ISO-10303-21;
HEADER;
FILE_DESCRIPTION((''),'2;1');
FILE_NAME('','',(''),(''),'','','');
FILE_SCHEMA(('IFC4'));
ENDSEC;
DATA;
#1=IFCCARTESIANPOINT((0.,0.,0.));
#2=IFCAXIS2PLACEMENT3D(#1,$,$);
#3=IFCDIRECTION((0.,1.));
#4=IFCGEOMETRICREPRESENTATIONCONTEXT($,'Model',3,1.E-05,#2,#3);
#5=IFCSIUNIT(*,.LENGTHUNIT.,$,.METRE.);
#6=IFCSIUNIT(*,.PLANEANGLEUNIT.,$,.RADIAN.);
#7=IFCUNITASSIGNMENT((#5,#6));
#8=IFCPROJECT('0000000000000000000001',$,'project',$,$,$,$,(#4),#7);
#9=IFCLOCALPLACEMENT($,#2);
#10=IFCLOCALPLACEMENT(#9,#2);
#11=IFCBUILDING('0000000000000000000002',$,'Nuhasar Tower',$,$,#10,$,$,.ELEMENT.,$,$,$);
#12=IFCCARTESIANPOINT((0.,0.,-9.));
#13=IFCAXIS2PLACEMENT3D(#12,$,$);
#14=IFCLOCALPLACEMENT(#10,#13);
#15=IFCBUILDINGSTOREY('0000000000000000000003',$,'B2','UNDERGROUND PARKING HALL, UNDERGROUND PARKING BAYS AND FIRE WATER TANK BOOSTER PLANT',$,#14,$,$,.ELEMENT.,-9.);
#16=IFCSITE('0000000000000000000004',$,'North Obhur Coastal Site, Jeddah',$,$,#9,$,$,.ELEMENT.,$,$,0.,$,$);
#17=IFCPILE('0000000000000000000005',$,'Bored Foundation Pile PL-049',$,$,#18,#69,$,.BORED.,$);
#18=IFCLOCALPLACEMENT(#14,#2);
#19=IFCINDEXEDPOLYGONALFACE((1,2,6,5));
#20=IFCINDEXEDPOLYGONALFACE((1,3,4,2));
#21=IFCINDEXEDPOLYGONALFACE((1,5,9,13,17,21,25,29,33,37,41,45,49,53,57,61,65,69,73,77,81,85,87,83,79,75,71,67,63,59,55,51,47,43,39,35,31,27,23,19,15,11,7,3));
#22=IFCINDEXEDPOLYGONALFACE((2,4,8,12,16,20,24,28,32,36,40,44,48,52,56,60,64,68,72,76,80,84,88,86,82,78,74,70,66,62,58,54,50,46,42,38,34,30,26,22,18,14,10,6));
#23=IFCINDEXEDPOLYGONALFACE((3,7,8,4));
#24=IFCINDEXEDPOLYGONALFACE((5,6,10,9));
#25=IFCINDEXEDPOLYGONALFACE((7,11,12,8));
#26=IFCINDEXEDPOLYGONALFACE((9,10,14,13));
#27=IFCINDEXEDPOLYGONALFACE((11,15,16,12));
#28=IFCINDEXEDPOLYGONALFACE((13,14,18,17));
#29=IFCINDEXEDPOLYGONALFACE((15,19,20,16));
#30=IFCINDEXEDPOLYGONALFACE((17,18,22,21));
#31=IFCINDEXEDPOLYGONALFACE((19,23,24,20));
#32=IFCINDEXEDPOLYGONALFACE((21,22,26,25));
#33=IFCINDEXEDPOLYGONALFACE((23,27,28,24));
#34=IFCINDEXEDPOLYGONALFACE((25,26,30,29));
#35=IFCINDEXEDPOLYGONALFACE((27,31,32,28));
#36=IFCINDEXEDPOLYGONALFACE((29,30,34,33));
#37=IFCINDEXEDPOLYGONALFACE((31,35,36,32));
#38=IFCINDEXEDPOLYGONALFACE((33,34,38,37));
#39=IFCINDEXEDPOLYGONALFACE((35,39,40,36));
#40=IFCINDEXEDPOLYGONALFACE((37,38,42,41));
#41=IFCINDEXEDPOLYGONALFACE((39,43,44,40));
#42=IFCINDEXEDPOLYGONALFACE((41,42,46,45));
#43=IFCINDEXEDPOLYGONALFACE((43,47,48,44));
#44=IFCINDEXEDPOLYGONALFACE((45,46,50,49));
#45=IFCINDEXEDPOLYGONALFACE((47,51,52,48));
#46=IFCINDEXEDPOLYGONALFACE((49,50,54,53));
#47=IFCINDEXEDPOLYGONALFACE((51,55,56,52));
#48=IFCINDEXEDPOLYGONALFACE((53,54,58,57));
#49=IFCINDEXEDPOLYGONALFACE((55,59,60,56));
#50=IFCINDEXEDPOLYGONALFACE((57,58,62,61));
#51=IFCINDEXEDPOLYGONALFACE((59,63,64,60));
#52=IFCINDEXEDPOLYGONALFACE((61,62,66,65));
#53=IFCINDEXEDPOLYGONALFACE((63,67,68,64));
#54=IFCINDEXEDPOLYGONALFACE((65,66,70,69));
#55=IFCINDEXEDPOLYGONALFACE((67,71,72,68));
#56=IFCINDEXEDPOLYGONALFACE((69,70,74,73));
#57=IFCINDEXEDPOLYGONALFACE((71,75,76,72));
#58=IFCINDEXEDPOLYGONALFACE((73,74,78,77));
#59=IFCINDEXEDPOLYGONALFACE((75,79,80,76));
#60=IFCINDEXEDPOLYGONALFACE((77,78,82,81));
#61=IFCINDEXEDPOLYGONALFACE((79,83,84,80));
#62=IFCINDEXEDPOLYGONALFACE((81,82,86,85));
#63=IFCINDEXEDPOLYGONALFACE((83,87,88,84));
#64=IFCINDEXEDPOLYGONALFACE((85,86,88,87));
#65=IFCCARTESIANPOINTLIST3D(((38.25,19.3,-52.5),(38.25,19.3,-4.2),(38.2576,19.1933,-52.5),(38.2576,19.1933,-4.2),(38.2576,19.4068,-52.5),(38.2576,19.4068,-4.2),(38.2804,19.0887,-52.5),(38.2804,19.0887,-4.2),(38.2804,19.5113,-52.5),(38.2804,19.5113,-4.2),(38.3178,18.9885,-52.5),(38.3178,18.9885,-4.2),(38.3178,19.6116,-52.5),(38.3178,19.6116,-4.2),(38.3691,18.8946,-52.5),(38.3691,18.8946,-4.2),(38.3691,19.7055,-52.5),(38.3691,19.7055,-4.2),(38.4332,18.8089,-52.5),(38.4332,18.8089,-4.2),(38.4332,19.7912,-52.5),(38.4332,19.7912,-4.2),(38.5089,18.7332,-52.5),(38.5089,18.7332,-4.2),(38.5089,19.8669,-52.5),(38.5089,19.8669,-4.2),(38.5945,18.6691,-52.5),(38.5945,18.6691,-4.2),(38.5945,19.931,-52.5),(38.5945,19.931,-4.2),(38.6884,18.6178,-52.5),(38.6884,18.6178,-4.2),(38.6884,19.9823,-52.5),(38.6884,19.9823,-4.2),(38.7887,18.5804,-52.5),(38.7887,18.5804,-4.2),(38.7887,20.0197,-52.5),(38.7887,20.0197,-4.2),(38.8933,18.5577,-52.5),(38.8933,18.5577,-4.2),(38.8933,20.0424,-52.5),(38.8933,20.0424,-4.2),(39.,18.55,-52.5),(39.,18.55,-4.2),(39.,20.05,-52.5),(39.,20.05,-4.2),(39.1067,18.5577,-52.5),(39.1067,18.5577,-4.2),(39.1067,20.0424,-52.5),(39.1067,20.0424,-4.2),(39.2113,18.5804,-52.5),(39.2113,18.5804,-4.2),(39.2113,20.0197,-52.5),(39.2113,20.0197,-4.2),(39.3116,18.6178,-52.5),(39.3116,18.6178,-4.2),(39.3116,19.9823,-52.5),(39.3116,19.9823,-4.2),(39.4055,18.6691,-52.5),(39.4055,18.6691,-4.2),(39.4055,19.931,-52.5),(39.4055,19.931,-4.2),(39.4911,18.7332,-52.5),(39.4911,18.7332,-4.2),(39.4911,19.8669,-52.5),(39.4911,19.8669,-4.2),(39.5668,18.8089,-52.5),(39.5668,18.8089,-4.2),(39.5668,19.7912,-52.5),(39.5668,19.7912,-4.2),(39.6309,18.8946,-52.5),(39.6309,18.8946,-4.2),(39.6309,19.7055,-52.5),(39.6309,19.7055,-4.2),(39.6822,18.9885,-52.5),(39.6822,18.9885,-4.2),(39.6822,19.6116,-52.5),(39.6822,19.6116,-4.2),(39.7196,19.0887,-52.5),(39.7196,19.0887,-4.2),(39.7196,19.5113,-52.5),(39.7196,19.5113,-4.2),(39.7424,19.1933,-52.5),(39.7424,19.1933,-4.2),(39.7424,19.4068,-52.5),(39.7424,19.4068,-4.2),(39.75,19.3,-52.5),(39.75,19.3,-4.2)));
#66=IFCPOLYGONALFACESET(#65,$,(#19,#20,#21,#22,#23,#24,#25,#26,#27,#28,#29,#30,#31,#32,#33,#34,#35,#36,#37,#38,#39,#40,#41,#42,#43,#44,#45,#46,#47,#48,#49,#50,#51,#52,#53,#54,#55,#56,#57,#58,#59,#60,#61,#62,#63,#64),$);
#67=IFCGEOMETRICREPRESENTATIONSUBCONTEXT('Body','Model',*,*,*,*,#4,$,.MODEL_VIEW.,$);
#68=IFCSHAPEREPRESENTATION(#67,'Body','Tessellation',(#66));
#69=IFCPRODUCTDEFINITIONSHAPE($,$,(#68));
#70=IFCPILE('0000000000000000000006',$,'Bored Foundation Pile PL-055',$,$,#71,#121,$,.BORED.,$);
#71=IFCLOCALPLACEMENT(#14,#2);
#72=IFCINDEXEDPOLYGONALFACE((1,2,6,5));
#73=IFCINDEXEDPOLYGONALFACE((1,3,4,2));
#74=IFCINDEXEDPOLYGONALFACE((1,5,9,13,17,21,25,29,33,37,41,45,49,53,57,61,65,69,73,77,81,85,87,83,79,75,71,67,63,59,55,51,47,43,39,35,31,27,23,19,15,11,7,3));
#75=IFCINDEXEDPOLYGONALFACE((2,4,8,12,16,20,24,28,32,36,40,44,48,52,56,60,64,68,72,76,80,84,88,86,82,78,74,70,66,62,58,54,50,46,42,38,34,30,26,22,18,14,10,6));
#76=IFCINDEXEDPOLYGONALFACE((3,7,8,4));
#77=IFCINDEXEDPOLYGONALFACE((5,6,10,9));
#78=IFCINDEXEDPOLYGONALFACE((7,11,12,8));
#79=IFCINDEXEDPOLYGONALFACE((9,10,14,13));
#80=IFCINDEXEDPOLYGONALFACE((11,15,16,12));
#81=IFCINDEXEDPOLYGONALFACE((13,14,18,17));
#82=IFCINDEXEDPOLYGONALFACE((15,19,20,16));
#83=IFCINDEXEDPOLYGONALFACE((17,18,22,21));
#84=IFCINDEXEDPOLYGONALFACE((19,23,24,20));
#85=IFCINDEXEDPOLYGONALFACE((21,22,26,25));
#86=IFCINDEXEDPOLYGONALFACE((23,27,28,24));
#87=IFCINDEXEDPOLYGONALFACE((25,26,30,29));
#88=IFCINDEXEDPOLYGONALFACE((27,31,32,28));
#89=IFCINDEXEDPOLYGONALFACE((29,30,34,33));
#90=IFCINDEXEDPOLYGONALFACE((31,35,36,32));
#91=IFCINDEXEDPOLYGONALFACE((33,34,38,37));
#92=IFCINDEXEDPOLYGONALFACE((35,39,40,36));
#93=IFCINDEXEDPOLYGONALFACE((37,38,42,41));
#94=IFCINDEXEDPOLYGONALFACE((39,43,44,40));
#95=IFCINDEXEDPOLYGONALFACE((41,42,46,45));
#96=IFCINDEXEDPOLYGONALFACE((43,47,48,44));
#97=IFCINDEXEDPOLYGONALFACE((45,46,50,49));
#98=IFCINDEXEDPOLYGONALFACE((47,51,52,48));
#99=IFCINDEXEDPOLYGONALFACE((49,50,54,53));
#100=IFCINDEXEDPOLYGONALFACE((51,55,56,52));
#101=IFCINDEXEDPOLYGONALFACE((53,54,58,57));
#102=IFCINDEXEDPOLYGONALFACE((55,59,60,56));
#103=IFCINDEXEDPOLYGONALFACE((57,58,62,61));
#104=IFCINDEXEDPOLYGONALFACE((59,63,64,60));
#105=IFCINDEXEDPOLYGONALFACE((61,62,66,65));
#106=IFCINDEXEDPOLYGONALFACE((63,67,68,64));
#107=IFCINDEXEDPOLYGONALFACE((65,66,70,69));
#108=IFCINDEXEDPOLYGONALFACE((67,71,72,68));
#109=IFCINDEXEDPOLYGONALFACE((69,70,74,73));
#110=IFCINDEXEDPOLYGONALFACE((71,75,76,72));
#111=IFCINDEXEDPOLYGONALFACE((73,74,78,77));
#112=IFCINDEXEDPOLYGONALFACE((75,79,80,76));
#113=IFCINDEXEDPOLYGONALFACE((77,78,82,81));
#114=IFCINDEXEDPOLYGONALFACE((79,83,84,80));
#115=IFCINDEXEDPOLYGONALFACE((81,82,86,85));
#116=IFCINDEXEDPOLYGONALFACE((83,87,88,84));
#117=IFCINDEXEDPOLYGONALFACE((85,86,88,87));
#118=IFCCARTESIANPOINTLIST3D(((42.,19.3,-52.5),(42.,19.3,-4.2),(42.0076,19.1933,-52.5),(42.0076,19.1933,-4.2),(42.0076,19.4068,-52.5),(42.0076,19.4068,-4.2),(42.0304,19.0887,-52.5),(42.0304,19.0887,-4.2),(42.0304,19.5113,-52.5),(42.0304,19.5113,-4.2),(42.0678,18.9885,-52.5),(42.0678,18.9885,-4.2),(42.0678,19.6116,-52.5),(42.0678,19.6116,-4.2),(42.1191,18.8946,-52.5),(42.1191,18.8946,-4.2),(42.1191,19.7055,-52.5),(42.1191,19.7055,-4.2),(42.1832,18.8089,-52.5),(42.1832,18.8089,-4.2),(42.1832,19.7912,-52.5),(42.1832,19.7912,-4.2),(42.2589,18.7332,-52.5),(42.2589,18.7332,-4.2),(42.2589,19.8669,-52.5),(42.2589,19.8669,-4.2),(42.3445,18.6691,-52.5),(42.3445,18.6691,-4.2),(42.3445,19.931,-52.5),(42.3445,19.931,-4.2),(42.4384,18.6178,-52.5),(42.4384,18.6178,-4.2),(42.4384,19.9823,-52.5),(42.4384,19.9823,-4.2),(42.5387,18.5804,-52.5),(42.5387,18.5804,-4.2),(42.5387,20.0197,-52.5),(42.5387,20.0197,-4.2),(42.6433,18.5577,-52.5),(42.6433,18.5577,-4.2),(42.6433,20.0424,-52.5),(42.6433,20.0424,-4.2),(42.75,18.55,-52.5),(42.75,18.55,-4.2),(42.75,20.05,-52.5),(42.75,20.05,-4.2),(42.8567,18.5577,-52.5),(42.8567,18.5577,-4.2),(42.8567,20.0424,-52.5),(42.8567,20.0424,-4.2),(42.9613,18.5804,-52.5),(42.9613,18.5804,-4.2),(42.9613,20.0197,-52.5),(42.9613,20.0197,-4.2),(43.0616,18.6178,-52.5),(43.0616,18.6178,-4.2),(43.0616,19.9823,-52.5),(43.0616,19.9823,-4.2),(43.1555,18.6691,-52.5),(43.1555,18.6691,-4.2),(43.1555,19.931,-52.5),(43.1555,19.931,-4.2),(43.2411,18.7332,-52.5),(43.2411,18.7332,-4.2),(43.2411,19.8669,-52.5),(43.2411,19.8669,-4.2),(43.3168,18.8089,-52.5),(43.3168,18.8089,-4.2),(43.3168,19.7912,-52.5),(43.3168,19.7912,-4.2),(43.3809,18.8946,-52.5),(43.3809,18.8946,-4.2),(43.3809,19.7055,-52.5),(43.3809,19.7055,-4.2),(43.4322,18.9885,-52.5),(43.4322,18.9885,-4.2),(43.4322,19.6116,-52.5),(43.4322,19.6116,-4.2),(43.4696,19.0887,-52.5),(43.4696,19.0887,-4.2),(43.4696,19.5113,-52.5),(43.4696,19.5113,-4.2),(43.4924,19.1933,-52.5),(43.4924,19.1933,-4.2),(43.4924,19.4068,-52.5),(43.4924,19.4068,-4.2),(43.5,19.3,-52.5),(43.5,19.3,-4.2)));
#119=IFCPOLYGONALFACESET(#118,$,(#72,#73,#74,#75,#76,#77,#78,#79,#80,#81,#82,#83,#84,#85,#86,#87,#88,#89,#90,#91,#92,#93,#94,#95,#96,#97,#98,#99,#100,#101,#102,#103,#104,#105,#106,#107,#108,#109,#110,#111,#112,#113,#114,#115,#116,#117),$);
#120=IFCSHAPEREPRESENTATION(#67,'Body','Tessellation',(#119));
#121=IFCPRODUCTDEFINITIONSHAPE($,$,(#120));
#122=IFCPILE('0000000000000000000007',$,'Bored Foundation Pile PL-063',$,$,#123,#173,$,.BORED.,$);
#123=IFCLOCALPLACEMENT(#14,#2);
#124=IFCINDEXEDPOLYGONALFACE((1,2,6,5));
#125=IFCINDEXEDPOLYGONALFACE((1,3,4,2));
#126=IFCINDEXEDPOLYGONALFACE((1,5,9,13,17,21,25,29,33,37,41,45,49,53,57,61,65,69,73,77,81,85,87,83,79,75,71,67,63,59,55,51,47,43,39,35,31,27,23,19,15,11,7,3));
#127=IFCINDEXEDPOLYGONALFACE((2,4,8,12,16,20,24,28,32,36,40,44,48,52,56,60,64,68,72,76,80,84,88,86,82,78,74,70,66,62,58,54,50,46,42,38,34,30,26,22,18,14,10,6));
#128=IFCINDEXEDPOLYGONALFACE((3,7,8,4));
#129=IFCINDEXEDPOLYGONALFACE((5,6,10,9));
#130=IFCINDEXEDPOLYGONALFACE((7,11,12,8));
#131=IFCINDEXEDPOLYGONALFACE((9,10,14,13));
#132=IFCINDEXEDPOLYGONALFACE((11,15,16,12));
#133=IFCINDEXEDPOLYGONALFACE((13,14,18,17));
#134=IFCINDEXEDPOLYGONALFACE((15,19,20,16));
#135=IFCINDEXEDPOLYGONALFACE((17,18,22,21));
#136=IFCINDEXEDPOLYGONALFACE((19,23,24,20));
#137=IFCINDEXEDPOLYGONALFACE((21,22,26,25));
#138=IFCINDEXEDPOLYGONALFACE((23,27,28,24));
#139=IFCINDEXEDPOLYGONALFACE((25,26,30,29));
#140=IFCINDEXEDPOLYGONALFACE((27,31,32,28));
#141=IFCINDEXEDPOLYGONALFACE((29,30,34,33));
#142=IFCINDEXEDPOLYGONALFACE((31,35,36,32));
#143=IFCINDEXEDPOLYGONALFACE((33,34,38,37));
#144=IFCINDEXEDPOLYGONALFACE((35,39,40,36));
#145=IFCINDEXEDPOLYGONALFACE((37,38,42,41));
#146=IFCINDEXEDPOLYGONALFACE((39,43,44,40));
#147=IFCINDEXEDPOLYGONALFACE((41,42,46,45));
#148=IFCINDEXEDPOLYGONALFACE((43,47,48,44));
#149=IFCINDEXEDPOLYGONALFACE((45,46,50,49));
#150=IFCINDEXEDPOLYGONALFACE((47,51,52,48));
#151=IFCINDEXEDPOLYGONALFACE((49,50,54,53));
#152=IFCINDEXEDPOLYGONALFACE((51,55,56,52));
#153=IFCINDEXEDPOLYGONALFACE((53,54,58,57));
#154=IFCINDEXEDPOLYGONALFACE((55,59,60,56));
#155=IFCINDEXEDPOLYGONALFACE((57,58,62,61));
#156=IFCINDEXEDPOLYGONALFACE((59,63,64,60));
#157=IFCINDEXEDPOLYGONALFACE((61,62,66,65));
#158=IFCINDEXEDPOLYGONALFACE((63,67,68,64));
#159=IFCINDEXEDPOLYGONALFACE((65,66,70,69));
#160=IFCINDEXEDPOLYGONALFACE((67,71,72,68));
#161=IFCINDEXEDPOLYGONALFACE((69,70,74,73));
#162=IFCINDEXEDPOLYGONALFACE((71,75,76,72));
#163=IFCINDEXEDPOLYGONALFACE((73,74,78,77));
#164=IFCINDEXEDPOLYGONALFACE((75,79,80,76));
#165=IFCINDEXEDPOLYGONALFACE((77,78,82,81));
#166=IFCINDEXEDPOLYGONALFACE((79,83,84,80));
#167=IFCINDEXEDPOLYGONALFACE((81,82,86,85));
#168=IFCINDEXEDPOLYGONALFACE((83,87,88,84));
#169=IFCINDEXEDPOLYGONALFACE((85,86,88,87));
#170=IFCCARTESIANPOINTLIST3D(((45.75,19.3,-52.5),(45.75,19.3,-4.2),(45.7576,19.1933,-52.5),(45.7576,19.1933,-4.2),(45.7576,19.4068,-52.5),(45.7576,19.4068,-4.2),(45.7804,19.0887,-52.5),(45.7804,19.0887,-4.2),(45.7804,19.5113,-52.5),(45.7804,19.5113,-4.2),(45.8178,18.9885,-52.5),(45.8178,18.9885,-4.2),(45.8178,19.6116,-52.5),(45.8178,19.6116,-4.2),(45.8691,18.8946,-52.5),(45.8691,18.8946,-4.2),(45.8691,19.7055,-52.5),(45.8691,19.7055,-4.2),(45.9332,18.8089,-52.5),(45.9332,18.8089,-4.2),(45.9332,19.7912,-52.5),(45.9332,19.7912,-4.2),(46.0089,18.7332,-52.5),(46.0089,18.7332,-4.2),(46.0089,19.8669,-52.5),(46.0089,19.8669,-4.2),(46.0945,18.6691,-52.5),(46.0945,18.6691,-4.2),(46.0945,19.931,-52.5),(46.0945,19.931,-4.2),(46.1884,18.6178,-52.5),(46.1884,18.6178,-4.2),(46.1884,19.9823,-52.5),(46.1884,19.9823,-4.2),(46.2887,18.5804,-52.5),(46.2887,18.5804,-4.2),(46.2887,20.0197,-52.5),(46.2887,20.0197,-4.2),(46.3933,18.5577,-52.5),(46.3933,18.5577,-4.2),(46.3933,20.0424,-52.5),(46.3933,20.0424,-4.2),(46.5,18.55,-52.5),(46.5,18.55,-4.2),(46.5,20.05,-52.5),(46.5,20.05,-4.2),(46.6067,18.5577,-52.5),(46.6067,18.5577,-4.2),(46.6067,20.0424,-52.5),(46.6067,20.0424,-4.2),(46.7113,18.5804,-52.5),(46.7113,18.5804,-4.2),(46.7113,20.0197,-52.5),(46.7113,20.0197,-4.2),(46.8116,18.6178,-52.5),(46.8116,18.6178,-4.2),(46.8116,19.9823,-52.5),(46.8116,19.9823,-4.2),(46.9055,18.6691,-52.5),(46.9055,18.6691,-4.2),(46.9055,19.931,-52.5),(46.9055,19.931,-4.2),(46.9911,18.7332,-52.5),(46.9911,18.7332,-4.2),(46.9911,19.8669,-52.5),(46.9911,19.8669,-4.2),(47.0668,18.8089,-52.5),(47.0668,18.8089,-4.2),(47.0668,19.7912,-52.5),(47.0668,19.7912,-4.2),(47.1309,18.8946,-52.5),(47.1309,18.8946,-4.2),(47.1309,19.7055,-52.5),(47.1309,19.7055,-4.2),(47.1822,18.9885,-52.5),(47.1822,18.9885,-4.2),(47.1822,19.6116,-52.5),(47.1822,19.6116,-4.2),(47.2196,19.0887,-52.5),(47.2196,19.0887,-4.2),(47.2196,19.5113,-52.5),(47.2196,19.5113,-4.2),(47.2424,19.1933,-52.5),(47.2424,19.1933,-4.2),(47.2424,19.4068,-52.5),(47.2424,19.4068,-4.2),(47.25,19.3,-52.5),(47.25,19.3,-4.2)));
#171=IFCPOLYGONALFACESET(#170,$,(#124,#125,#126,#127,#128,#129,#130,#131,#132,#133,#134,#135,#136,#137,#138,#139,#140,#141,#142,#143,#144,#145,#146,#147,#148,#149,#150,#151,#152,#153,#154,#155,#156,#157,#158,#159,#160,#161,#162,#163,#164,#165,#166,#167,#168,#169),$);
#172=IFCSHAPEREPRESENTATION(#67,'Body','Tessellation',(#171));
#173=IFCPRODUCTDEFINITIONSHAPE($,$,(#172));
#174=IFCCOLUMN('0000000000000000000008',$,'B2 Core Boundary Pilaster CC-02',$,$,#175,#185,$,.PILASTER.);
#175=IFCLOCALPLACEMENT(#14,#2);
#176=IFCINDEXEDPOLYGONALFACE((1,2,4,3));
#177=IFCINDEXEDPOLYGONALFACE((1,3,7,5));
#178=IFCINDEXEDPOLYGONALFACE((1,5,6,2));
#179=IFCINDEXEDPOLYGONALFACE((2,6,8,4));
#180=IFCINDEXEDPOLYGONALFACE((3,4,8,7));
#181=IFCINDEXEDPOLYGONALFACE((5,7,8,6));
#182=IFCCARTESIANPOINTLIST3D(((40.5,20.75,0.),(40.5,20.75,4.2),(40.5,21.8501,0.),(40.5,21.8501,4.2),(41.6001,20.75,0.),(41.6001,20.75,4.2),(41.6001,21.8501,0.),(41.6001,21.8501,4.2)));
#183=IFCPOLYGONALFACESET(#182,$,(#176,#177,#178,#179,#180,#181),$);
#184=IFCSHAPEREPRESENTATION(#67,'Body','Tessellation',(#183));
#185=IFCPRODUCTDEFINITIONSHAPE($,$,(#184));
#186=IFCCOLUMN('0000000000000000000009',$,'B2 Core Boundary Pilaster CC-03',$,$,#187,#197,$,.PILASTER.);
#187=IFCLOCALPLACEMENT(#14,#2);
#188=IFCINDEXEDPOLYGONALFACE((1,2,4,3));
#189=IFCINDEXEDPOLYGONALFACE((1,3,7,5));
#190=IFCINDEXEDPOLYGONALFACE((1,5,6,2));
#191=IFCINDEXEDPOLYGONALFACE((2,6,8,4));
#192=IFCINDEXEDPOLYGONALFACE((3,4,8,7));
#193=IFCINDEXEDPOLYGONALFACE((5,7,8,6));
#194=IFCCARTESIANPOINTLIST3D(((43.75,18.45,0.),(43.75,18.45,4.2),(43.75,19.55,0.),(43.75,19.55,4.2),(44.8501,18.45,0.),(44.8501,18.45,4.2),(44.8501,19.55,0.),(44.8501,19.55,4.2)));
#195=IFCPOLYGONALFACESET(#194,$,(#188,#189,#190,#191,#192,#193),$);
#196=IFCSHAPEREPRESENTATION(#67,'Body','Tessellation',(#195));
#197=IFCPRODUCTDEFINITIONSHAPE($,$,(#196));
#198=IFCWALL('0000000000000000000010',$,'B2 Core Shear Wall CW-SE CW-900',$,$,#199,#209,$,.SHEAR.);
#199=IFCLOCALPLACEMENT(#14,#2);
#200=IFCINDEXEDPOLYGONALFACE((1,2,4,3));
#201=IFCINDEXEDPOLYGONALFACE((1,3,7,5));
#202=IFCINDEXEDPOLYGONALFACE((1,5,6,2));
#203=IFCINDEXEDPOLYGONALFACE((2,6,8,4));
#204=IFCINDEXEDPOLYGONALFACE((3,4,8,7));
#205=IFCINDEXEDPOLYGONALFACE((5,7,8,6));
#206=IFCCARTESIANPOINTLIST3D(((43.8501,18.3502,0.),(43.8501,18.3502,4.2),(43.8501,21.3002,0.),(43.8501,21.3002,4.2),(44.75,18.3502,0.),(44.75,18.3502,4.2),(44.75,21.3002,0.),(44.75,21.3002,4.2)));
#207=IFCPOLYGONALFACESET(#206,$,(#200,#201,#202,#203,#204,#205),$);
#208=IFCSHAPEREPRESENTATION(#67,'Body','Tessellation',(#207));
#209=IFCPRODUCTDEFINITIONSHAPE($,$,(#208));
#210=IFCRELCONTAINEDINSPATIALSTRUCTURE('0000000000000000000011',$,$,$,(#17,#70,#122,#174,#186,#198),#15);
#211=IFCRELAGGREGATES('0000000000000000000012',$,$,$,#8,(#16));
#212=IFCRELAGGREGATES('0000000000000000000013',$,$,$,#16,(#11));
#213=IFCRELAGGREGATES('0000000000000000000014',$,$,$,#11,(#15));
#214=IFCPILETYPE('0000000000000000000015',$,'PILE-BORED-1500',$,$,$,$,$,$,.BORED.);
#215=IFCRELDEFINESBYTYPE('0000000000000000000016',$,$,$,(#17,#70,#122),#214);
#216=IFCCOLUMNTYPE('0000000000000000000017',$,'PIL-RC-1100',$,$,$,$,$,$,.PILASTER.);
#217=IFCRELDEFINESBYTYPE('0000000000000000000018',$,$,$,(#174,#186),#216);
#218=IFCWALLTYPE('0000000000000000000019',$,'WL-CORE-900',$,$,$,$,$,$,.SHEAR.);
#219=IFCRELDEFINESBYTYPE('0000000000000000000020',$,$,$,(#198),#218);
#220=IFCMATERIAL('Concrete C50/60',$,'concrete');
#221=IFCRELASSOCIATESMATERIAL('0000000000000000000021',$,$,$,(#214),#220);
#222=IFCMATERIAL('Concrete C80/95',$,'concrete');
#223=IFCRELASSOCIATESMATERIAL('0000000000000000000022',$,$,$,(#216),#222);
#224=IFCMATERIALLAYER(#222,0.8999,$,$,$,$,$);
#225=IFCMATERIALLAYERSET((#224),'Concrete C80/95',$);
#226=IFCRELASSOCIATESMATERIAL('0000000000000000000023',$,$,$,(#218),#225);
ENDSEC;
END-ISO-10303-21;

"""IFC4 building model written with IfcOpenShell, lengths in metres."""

from ifc_helpers import new_model, si_unit, direction, frame, frame_2d, origin, origin_2d, place, context, subcontext, project, spatial, rectangle, circle, extrude, material, layer, layer_set, material_profile, profile_set, type_object, element, save


model = new_model("IFC4")

# Units and contexts
model_context = context("Model", 3, precision=1e-05, world=origin(), true_north=direction((0.0, 1.0)))
body_context = subcontext(model_context, "Body", "Model", "MODEL_VIEW")
ifc_project = project(units=[si_unit("LENGTHUNIT", "METRE"), si_unit("PLANEANGLEUNIT", "RADIAN")], contexts=[model_context])

# Site, building, storey
site_placement = place(None, origin())
site = spatial("IfcSite", under=ifc_project, at=site_placement, Name="North Obhur Coastal Site, Jeddah", CompositionType="ELEMENT", RefElevation=0.0)
building_placement = place(site_placement, origin())
building = spatial("IfcBuilding", under=site, at=building_placement, Name="Nuhasar Tower", CompositionType="ELEMENT")
storey_placement = place(building_placement, frame((0.0, 0.0, -9.0)))
storey = spatial("IfcBuildingStorey", under=building, at=storey_placement, Name="B2", Description="UNDERGROUND PARKING HALL, UNDERGROUND PARKING BAYS AND FIRE WATER TANK BOOSTER PLANT", CompositionType="ELEMENT", Elevation=-9.0)

# Piles
ifc_material_1 = material(Name="Concrete C50/60", Category="concrete")
ifc_material_profile_1 = material_profile(ifc_material_1, circle(Radius=0.75, at=origin_2d()), Name="PILE1500")
ifc_profile_set_1 = profile_set([ifc_material_profile_1], Name="Concrete C50/60")
pile_type = type_object("IfcPileType", Name="PILE-BORED-1500", PredefinedType="BORED", material=ifc_profile_set_1)
for number, where, z_axis, x_axis, name in (
    (1, (39.0, 19.3, -4.2), (0.0, 0.0, -1.0), (1.0, 0.0, 0.0), "Bored Foundation Pile PL-049"),
    (2, (42.75, 19.3, -4.2), (0.0, 0.0, -1.0), (1.0, 0.0, 0.0), "Bored Foundation Pile PL-055"),
    (3, (46.5, 19.3, -4.2), (0.0, 0.0, -1.0), (1.0, 0.0, 0.0), "Bored Foundation Pile PL-063"),
):
    element("IfcPile", number, at=place(storey_placement, frame(where, z_axis=z_axis, x_axis=x_axis)), inside=storey, type_object=pile_type, Name=name, PredefinedType="BORED", context=body_context, shape_type="SweptSolid", body=[
        extrude(circle(Radius=0.75, at=origin_2d()), origin(), (0.0, 0.0, 1.0), 48.3),
    ])

# Columns
ifc_material_2 = material(Name="Concrete C80/95", Category="concrete")
ifc_material_profile_2 = material_profile(ifc_material_2, rectangle(XDim=1.1001, YDim=1.1001, at=origin_2d()), Name="RC1100X1100")
ifc_profile_set_2 = profile_set([ifc_material_profile_2], Name="Concrete C80/95")
column_type = type_object("IfcColumnType", Name="PIL-RC-1100", PredefinedType="PILASTER", material=ifc_profile_set_2)
for number, where, z_axis, x_axis, name in (
    (4, (41.05, 21.3, 0.0), (0.0, 0.0, 1.0), (1.0, 0.0, 0.0), "B2 Core Boundary Pilaster CC-02"),
    (5, (44.3, 19.0, 0.0), (0.0, 0.0, 1.0), (1.0, 0.0, 0.0), "B2 Core Boundary Pilaster CC-03"),
):
    element("IfcColumn", number, at=place(storey_placement, frame(where, z_axis=z_axis, x_axis=x_axis)), inside=storey, type_object=column_type, Name=name, PredefinedType="PILASTER", context=body_context, shape_type="SweptSolid", body=[
        extrude(rectangle(XDim=1.1001, YDim=1.1001, at=origin_2d()), origin(), (0.0, 0.0, 1.0), 4.2),
    ])

# Wall
ifc_layer_1 = layer(ifc_material_2, 0.8999)
ifc_layer_set_1 = layer_set([ifc_layer_1], Name="Concrete C80/95")
wall_type_1 = type_object("IfcWallType", Name="WL-CORE-900", PredefinedType="SHEAR", material=ifc_layer_set_1)
wall_1_placement = place(storey_placement, frame((44.3, 18.3501, 0.0), z_axis=(0.0, 0.0, 1.0), x_axis=(0.0, 1.0, 0.0)))
element("IfcWall", 6, at=wall_1_placement, inside=storey, type_object=wall_type_1, Name="B2 Core Shear Wall CW-SE CW-900", PredefinedType="SHEAR", context=body_context, shape_type="SweptSolid", body=[
    extrude(rectangle(XDim=2.95, YDim=0.8999, at=frame_2d((1.4751, 0.0))), origin(), (0.0, 0.0, 1.0), 4.2),
])

save(model, "model.ifc")
